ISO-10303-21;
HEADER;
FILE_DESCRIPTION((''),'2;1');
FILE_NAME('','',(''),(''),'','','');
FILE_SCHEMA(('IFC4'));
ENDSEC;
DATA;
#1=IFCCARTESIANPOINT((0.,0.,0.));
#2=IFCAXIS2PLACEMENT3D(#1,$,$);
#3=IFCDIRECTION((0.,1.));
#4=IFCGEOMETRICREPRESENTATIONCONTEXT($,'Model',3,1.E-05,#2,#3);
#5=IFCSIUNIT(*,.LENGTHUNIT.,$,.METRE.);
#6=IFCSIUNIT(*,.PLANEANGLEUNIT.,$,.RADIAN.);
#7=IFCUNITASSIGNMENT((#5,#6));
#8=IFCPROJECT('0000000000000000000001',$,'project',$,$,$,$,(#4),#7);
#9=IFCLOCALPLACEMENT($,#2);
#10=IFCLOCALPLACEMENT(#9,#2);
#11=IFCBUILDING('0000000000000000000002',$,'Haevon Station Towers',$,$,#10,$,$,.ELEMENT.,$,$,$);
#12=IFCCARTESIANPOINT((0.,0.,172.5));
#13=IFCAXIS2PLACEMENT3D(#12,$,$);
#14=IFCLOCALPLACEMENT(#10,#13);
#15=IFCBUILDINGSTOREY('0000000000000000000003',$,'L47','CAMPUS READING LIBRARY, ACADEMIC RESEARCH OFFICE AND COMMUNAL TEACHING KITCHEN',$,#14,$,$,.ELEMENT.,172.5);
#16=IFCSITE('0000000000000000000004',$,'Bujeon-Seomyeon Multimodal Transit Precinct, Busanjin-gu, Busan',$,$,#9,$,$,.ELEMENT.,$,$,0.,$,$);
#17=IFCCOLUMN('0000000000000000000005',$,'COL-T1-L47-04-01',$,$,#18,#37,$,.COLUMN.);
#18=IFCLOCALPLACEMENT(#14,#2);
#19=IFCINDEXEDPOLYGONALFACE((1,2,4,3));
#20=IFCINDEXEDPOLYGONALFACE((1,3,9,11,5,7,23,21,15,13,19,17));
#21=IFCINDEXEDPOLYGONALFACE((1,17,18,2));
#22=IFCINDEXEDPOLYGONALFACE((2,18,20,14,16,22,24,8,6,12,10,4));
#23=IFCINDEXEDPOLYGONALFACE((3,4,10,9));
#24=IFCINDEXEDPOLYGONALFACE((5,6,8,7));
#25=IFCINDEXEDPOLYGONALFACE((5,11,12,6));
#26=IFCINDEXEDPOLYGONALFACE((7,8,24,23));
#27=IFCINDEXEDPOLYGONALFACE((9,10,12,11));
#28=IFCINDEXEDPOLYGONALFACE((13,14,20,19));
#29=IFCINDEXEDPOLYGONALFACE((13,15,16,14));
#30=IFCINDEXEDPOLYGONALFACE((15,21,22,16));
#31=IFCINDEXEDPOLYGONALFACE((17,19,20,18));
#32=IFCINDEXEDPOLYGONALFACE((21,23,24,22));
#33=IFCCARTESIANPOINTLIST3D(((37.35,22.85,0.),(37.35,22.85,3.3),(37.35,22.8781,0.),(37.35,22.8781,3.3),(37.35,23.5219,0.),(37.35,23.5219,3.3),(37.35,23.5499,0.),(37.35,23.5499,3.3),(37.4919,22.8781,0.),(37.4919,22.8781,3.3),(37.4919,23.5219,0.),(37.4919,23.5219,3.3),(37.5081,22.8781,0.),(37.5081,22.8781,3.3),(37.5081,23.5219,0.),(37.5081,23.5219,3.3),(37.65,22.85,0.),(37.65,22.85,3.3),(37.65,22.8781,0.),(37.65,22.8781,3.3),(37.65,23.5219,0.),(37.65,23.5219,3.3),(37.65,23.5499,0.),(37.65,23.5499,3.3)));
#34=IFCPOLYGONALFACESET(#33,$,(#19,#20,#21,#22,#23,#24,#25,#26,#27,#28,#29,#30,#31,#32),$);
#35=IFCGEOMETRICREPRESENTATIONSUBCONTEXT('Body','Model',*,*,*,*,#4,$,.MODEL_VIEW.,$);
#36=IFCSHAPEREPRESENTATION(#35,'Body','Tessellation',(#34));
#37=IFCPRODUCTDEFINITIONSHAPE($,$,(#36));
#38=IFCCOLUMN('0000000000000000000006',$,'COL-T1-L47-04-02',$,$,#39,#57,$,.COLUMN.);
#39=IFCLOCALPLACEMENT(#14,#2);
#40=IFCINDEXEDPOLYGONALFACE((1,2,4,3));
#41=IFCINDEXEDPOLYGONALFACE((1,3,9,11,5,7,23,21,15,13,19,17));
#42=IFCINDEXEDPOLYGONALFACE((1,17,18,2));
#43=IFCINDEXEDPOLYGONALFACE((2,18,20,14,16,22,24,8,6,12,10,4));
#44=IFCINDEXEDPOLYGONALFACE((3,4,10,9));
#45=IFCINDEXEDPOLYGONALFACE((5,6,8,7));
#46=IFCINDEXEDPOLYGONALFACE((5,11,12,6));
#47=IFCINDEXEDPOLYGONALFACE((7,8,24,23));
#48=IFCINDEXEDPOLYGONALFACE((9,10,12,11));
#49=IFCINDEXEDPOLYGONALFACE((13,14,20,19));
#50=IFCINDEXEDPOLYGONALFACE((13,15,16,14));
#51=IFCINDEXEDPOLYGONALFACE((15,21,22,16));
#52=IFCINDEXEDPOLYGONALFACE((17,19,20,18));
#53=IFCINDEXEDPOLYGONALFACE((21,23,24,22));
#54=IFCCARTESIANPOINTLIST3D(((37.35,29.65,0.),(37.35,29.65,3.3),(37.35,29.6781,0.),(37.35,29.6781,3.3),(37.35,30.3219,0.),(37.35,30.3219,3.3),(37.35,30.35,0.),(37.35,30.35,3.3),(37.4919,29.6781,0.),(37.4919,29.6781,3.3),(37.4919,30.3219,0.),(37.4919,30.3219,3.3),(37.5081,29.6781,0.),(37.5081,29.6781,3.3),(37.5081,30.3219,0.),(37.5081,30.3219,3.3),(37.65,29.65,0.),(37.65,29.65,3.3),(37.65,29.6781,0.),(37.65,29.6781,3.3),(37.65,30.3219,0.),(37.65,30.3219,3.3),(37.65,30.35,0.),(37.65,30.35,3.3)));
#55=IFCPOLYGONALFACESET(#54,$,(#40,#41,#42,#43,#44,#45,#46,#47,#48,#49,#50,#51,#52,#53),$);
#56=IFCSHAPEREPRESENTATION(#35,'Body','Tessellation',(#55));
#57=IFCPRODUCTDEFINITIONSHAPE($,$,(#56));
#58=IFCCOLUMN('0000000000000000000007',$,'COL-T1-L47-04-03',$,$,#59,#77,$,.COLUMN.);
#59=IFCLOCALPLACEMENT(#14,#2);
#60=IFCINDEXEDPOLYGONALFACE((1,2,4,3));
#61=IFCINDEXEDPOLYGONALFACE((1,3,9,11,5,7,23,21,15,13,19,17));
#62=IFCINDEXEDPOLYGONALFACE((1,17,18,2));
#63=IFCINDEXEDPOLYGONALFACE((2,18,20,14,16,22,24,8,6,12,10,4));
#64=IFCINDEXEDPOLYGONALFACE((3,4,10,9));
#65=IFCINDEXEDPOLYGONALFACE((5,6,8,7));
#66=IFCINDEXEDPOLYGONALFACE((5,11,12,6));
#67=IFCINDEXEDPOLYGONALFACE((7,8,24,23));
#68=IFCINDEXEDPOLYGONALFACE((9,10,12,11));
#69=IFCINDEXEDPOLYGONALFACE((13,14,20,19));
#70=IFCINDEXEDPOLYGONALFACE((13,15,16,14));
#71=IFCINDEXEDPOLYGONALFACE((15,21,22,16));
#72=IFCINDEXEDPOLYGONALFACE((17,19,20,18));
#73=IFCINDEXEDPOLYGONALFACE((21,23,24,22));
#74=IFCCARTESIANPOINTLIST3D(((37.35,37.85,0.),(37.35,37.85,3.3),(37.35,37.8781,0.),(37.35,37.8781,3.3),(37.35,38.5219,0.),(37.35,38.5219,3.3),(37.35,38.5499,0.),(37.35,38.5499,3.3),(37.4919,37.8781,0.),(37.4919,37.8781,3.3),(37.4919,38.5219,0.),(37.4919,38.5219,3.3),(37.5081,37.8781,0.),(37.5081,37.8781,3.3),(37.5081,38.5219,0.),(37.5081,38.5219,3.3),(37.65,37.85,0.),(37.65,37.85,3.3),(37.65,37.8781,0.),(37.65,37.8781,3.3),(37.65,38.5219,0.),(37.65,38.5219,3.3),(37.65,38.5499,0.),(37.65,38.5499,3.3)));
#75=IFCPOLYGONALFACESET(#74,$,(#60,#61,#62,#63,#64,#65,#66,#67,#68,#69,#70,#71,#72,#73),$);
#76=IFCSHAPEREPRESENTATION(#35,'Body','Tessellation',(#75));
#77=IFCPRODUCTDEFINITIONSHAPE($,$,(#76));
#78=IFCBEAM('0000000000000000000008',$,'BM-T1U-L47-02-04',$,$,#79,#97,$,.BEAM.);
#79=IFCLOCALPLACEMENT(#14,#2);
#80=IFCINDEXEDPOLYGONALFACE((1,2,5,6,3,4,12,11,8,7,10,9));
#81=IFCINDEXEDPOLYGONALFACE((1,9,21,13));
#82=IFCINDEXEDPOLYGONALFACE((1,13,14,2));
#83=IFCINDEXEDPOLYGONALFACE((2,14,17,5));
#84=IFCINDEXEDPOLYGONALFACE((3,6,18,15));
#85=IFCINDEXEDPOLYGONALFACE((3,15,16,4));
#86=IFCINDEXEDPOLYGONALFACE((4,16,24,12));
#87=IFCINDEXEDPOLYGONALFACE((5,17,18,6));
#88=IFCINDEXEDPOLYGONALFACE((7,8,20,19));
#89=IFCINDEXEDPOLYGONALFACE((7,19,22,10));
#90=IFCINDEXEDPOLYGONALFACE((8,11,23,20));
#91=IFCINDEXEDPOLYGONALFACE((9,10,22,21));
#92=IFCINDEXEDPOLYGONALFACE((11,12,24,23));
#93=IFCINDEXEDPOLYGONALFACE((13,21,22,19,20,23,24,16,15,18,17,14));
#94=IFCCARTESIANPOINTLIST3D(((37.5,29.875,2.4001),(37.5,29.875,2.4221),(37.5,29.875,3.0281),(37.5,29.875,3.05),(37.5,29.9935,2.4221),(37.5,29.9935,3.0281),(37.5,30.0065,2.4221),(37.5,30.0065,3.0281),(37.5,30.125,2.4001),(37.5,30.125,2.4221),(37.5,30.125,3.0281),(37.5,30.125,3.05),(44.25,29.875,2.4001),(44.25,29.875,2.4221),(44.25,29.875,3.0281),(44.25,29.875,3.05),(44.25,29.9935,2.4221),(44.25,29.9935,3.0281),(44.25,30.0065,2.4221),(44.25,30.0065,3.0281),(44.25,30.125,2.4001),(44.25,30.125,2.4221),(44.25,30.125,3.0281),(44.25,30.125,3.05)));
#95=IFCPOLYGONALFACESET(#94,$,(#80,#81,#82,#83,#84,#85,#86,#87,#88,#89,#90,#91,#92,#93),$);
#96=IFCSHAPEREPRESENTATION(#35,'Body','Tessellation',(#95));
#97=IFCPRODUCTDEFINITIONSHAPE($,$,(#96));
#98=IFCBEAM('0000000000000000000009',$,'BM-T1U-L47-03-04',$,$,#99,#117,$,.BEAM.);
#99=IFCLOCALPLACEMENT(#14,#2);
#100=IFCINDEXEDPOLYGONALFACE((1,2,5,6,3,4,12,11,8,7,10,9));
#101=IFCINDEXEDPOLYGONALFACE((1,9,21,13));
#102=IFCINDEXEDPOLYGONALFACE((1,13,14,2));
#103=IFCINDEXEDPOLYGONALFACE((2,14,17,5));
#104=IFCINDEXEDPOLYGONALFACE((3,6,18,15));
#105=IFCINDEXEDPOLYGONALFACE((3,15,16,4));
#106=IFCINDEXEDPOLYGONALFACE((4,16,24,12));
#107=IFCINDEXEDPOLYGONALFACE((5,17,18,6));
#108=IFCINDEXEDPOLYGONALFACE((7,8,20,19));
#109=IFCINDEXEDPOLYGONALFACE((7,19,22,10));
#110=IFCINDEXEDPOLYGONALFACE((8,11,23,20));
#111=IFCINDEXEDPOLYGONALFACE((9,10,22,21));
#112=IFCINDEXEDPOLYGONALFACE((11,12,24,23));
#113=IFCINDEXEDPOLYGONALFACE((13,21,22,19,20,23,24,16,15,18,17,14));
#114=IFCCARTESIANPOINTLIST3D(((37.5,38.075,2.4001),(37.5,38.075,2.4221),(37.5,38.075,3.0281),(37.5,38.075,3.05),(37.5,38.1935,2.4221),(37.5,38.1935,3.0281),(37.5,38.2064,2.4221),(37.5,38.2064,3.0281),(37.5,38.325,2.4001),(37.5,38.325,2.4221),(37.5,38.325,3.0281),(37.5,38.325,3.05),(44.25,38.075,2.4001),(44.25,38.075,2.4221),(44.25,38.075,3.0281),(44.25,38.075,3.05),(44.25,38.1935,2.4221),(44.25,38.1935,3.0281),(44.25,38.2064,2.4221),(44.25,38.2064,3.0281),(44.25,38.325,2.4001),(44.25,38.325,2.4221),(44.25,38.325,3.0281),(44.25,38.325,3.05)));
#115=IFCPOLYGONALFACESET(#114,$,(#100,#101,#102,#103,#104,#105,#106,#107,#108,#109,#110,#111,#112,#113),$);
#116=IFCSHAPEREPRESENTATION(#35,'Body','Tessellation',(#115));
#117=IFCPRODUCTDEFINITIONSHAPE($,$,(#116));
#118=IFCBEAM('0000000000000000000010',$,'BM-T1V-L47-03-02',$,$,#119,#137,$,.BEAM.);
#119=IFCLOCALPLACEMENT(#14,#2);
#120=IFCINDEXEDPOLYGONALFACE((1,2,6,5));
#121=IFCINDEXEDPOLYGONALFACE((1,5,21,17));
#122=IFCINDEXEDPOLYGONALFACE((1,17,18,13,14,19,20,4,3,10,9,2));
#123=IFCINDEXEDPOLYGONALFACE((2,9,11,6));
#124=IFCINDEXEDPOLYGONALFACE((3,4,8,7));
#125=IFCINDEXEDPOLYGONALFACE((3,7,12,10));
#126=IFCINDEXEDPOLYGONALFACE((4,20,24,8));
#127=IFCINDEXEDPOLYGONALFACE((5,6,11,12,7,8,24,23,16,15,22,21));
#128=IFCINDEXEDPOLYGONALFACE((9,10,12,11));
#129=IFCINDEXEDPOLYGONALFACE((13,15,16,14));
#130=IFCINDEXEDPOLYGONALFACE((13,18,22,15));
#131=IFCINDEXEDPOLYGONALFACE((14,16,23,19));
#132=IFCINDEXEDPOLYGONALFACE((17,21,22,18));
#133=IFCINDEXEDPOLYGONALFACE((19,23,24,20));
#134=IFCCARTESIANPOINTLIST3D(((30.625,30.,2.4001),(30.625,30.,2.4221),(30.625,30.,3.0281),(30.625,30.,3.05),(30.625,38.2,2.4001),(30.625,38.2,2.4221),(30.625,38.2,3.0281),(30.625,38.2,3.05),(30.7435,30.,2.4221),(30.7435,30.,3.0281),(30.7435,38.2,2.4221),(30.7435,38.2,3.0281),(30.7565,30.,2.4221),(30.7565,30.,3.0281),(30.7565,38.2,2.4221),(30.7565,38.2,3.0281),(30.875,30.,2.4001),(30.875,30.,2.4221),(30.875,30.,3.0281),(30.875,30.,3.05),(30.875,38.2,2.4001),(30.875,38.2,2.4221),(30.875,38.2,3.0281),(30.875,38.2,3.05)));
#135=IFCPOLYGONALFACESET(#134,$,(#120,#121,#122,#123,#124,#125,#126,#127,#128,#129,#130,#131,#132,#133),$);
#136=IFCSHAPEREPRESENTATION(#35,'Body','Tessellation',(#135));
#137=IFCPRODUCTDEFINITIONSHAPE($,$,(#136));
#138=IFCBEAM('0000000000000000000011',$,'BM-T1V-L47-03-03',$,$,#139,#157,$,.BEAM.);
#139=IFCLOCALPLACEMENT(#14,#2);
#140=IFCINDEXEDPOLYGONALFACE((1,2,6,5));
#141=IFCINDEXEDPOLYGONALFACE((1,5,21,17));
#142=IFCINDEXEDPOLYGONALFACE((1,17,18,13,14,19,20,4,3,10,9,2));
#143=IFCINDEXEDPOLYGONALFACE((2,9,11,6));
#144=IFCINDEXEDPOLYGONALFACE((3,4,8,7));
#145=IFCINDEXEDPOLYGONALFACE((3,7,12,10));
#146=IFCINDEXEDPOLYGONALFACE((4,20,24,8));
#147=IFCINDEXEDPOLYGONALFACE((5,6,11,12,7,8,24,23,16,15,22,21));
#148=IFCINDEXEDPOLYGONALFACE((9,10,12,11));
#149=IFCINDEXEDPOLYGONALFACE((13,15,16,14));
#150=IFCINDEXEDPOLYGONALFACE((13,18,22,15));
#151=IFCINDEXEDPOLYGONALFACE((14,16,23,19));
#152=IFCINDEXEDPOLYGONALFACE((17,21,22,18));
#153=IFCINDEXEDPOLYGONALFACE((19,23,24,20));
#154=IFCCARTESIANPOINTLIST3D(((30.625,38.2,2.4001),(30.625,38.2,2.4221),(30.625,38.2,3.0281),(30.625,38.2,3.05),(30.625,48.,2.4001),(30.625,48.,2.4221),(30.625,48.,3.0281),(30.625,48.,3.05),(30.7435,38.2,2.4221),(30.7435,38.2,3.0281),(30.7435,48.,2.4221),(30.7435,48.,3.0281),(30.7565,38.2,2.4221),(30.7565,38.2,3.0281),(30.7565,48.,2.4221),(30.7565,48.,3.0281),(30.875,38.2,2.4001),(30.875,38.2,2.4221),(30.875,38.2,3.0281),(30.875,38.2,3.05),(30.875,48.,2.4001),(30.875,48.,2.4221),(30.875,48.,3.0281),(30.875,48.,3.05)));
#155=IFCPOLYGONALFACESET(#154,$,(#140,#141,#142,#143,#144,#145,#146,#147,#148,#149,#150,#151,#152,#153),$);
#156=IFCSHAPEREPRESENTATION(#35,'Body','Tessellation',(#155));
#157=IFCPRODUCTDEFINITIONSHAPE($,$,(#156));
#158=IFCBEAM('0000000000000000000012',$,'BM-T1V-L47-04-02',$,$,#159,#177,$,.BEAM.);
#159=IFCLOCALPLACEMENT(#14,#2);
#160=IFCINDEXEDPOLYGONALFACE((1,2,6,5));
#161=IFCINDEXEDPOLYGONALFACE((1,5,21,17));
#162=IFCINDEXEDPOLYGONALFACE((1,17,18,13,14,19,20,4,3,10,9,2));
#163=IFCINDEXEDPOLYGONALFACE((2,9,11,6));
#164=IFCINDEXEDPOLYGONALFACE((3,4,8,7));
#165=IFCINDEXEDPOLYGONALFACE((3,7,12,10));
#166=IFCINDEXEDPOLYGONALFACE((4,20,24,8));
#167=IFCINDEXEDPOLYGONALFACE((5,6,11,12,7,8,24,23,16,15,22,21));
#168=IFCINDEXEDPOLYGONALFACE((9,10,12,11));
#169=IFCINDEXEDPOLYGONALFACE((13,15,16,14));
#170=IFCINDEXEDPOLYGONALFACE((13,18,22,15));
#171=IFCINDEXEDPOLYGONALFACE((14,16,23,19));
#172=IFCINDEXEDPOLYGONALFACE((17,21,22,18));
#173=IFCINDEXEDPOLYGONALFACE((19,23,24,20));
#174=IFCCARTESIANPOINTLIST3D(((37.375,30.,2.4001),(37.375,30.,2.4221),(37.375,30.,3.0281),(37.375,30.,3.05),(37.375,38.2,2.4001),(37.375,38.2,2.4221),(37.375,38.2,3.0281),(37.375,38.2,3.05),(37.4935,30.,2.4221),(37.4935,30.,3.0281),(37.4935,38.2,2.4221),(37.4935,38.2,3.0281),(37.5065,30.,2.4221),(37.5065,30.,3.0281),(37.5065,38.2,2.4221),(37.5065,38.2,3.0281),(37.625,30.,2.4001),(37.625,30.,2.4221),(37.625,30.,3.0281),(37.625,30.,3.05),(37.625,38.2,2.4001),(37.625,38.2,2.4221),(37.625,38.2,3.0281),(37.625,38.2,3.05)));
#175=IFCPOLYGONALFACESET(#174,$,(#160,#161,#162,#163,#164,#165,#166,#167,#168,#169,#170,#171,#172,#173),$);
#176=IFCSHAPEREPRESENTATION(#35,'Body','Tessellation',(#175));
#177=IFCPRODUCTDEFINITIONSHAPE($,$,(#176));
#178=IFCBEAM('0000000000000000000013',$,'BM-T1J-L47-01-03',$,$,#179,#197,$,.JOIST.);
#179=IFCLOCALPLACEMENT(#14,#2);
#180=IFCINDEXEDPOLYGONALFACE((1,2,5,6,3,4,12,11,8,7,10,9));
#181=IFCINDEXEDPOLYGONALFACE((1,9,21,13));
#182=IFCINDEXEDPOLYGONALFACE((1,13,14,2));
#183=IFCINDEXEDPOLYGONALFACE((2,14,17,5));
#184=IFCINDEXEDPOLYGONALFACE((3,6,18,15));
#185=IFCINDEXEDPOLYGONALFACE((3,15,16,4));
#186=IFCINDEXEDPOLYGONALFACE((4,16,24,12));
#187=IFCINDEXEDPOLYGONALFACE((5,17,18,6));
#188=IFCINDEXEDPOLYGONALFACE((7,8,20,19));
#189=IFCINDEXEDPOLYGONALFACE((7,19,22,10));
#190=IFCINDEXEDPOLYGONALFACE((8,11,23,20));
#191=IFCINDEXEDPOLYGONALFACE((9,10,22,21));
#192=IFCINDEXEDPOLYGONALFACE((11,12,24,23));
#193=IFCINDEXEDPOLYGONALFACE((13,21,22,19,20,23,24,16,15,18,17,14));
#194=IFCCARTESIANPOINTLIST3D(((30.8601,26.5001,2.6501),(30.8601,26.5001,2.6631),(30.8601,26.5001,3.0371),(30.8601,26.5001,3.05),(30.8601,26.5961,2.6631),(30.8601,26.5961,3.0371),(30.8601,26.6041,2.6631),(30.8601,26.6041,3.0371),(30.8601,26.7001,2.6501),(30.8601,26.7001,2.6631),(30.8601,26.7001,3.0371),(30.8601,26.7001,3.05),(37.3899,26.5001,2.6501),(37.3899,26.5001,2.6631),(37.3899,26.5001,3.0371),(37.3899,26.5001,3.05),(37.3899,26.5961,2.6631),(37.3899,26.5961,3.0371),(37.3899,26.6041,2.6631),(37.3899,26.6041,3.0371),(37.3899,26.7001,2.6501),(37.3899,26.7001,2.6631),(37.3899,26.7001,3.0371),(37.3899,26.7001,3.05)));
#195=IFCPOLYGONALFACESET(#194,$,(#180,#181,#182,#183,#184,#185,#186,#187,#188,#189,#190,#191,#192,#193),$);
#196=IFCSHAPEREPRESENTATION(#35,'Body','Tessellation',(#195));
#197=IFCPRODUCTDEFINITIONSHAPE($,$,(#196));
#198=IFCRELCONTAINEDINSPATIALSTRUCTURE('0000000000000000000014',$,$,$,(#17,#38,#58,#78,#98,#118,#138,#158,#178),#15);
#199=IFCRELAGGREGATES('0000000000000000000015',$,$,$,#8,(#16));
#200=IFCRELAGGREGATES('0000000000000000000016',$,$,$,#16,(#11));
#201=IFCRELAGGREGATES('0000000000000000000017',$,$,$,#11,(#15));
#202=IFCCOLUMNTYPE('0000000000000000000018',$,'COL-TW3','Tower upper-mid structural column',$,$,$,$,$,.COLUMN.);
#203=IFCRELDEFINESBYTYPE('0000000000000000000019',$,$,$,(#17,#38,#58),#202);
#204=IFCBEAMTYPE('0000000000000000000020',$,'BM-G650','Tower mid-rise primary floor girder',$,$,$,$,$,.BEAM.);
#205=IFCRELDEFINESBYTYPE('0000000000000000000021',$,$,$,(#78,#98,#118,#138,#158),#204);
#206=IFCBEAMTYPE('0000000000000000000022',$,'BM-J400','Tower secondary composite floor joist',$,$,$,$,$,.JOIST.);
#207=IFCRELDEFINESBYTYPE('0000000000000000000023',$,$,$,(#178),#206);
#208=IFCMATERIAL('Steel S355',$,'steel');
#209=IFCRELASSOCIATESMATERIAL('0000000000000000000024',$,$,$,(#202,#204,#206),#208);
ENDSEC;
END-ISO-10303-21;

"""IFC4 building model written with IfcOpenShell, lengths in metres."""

from ifc_helpers import new_model, si_unit, direction, frame, origin, origin_2d, place, context, subcontext, project, spatial, i_section, extrude, material, material_profile, profile_set, type_object, element, save


model = new_model("IFC4")

# Units and contexts
model_context = context("Model", 3, precision=1e-05, world=origin(), true_north=direction((0.0, 1.0)))
body_context = subcontext(model_context, "Body", "Model", "MODEL_VIEW")
ifc_project = project(units=[si_unit("LENGTHUNIT", "METRE"), si_unit("PLANEANGLEUNIT", "RADIAN")], contexts=[model_context])

# Site, building, storey
site_placement = place(None, origin())
site = spatial("IfcSite", under=ifc_project, at=site_placement, Name="Bujeon-Seomyeon Multimodal Transit Precinct, Busanjin-gu, Busan", CompositionType="ELEMENT", RefElevation=0.0)
building_placement = place(site_placement, origin())
building = spatial("IfcBuilding", under=site, at=building_placement, Name="Haevon Station Towers", CompositionType="ELEMENT")
storey_placement = place(building_placement, frame((0.0, 0.0, 172.5)))
storey = spatial("IfcBuildingStorey", under=building, at=storey_placement, Name="L47", Description="CAMPUS READING LIBRARY, ACADEMIC RESEARCH OFFICE AND COMMUNAL TEACHING KITCHEN", CompositionType="ELEMENT", Elevation=172.5)

# Columns
ifc_material_1 = material(Name="Steel S355", Category="steel")
ifc_material_profile_1 = material_profile(ifc_material_1, i_section(OverallWidth=0.3, OverallDepth=0.7, WebThickness=0.0161, FlangeThickness=0.0281, at=origin_2d()), Name="H-700x300x16x28")
ifc_profile_set_1 = profile_set([ifc_material_profile_1], Name="Steel S355")
column_type = type_object("IfcColumnType", Name="COL-TW3", Description="Tower upper-mid structural column", PredefinedType="COLUMN", material=ifc_profile_set_1)
for number, where, z_axis, x_axis, name in (
    (1, (37.5, 23.2, 0.0), (0.0, 0.0, 1.0), (1.0, 0.0, 0.0), "COL-T1-L47-04-01"),
    (2, (37.5, 30.0, 0.0), (0.0, 0.0, 1.0), (1.0, 0.0, 0.0), "COL-T1-L47-04-02"),
    (3, (37.5, 38.2, 0.0), (0.0, 0.0, 1.0), (1.0, 0.0, 0.0), "COL-T1-L47-04-03"),
):
    element("IfcColumn", number, at=place(storey_placement, frame(where, z_axis=z_axis, x_axis=x_axis)), inside=storey, type_object=column_type, Name=name, PredefinedType="COLUMN", context=body_context, shape_type="SweptSolid", body=[
        extrude(i_section(OverallWidth=0.3, OverallDepth=0.7, WebThickness=0.0161, FlangeThickness=0.0281, at=origin_2d()), origin(), (0.0, 0.0, 1.0), 3.3),
    ])

# Beams
ifc_material_profile_2 = material_profile(ifc_material_1, i_section(OverallWidth=0.25, OverallDepth=0.6499, WebThickness=0.0129, FlangeThickness=0.022, at=origin_2d()), Name="H-650x250x13x22")
ifc_profile_set_2 = profile_set([ifc_material_profile_2], Name="Steel S355")
beam_type_1 = type_object("IfcBeamType", Name="BM-G650", Description="Tower mid-rise primary floor girder", PredefinedType="BEAM", material=ifc_profile_set_2)
for number, where, z_axis, x_axis, name in (
    (4, (37.5, 30.0, 2.7251), (1.0, 0.0, 0.0), (0.0, 1.0, 0.0), "BM-T1U-L47-02-04"),
    (5, (37.5, 38.2, 2.7251), (1.0, 0.0, 0.0), (0.0, 1.0, 0.0), "BM-T1U-L47-03-04"),
):
    element("IfcBeam", number, at=place(storey_placement, frame(where, z_axis=z_axis, x_axis=x_axis)), inside=storey, type_object=beam_type_1, Name=name, PredefinedType="BEAM", context=body_context, shape_type="SweptSolid", body=[
        extrude(i_section(OverallWidth=0.25, OverallDepth=0.6499, WebThickness=0.0129, FlangeThickness=0.022, at=origin_2d()), origin(), (0.0, 0.0, 1.0), 6.75),
    ])
beam_1_placement = place(storey_placement, frame((30.75, 30.0, 2.7251), z_axis=(0.0, 1.0, 0.0), x_axis=(-1.0, 0.0, 0.0)))
element("IfcBeam", 6, at=beam_1_placement, inside=storey, type_object=beam_type_1, Name="BM-T1V-L47-03-02", PredefinedType="BEAM", context=body_context, shape_type="SweptSolid", body=[
    extrude(i_section(OverallWidth=0.25, OverallDepth=0.6499, WebThickness=0.0129, FlangeThickness=0.022, at=origin_2d()), origin(), (0.0, 0.0, 1.0), 8.2),
])
beam_2_placement = place(storey_placement, frame((30.75, 38.2, 2.7251), z_axis=(0.0, 1.0, 0.0), x_axis=(-1.0, 0.0, 0.0)))
element("IfcBeam", 7, at=beam_2_placement, inside=storey, type_object=beam_type_1, Name="BM-T1V-L47-03-03", PredefinedType="BEAM", context=body_context, shape_type="SweptSolid", body=[
    extrude(i_section(OverallWidth=0.25, OverallDepth=0.6499, WebThickness=0.0129, FlangeThickness=0.022, at=origin_2d()), origin(), (0.0, 0.0, 1.0), 9.8),
])
beam_3_placement = place(storey_placement, frame((37.5, 30.0, 2.7251), z_axis=(0.0, 1.0, 0.0), x_axis=(-1.0, 0.0, 0.0)))
element("IfcBeam", 8, at=beam_3_placement, inside=storey, type_object=beam_type_1, Name="BM-T1V-L47-04-02", PredefinedType="BEAM", context=body_context, shape_type="SweptSolid", body=[
    extrude(i_section(OverallWidth=0.25, OverallDepth=0.6499, WebThickness=0.0129, FlangeThickness=0.022, at=origin_2d()), origin(), (0.0, 0.0, 1.0), 8.2),
])
ifc_material_profile_3 = material_profile(ifc_material_1, i_section(OverallWidth=0.2, OverallDepth=0.3999, WebThickness=0.0081, FlangeThickness=0.0129, at=origin_2d()), Name="H-400x200x8x13")
ifc_profile_set_3 = profile_set([ifc_material_profile_3], Name="Steel S355")
beam_type_2 = type_object("IfcBeamType", Name="BM-J400", Description="Tower secondary composite floor joist", PredefinedType="JOIST", material=ifc_profile_set_3)
for number, where, z_axis, x_axis, name in (
    (9, (30.8601, 26.6001, 2.8501), (1.0, 0.0, 0.0), (0.0, 1.0, 0.0), "BM-T1J-L47-01-03"),
):
    element("IfcBeam", number, at=place(storey_placement, frame(where, z_axis=z_axis, x_axis=x_axis)), inside=storey, type_object=beam_type_2, Name=name, PredefinedType="JOIST", context=body_context, shape_type="SweptSolid", body=[
        extrude(i_section(OverallWidth=0.2, OverallDepth=0.3999, WebThickness=0.0081, FlangeThickness=0.0129, at=origin_2d()), origin(), (0.0, 0.0, 1.0), 6.5298),
    ])

save(model, "model.ifc")
